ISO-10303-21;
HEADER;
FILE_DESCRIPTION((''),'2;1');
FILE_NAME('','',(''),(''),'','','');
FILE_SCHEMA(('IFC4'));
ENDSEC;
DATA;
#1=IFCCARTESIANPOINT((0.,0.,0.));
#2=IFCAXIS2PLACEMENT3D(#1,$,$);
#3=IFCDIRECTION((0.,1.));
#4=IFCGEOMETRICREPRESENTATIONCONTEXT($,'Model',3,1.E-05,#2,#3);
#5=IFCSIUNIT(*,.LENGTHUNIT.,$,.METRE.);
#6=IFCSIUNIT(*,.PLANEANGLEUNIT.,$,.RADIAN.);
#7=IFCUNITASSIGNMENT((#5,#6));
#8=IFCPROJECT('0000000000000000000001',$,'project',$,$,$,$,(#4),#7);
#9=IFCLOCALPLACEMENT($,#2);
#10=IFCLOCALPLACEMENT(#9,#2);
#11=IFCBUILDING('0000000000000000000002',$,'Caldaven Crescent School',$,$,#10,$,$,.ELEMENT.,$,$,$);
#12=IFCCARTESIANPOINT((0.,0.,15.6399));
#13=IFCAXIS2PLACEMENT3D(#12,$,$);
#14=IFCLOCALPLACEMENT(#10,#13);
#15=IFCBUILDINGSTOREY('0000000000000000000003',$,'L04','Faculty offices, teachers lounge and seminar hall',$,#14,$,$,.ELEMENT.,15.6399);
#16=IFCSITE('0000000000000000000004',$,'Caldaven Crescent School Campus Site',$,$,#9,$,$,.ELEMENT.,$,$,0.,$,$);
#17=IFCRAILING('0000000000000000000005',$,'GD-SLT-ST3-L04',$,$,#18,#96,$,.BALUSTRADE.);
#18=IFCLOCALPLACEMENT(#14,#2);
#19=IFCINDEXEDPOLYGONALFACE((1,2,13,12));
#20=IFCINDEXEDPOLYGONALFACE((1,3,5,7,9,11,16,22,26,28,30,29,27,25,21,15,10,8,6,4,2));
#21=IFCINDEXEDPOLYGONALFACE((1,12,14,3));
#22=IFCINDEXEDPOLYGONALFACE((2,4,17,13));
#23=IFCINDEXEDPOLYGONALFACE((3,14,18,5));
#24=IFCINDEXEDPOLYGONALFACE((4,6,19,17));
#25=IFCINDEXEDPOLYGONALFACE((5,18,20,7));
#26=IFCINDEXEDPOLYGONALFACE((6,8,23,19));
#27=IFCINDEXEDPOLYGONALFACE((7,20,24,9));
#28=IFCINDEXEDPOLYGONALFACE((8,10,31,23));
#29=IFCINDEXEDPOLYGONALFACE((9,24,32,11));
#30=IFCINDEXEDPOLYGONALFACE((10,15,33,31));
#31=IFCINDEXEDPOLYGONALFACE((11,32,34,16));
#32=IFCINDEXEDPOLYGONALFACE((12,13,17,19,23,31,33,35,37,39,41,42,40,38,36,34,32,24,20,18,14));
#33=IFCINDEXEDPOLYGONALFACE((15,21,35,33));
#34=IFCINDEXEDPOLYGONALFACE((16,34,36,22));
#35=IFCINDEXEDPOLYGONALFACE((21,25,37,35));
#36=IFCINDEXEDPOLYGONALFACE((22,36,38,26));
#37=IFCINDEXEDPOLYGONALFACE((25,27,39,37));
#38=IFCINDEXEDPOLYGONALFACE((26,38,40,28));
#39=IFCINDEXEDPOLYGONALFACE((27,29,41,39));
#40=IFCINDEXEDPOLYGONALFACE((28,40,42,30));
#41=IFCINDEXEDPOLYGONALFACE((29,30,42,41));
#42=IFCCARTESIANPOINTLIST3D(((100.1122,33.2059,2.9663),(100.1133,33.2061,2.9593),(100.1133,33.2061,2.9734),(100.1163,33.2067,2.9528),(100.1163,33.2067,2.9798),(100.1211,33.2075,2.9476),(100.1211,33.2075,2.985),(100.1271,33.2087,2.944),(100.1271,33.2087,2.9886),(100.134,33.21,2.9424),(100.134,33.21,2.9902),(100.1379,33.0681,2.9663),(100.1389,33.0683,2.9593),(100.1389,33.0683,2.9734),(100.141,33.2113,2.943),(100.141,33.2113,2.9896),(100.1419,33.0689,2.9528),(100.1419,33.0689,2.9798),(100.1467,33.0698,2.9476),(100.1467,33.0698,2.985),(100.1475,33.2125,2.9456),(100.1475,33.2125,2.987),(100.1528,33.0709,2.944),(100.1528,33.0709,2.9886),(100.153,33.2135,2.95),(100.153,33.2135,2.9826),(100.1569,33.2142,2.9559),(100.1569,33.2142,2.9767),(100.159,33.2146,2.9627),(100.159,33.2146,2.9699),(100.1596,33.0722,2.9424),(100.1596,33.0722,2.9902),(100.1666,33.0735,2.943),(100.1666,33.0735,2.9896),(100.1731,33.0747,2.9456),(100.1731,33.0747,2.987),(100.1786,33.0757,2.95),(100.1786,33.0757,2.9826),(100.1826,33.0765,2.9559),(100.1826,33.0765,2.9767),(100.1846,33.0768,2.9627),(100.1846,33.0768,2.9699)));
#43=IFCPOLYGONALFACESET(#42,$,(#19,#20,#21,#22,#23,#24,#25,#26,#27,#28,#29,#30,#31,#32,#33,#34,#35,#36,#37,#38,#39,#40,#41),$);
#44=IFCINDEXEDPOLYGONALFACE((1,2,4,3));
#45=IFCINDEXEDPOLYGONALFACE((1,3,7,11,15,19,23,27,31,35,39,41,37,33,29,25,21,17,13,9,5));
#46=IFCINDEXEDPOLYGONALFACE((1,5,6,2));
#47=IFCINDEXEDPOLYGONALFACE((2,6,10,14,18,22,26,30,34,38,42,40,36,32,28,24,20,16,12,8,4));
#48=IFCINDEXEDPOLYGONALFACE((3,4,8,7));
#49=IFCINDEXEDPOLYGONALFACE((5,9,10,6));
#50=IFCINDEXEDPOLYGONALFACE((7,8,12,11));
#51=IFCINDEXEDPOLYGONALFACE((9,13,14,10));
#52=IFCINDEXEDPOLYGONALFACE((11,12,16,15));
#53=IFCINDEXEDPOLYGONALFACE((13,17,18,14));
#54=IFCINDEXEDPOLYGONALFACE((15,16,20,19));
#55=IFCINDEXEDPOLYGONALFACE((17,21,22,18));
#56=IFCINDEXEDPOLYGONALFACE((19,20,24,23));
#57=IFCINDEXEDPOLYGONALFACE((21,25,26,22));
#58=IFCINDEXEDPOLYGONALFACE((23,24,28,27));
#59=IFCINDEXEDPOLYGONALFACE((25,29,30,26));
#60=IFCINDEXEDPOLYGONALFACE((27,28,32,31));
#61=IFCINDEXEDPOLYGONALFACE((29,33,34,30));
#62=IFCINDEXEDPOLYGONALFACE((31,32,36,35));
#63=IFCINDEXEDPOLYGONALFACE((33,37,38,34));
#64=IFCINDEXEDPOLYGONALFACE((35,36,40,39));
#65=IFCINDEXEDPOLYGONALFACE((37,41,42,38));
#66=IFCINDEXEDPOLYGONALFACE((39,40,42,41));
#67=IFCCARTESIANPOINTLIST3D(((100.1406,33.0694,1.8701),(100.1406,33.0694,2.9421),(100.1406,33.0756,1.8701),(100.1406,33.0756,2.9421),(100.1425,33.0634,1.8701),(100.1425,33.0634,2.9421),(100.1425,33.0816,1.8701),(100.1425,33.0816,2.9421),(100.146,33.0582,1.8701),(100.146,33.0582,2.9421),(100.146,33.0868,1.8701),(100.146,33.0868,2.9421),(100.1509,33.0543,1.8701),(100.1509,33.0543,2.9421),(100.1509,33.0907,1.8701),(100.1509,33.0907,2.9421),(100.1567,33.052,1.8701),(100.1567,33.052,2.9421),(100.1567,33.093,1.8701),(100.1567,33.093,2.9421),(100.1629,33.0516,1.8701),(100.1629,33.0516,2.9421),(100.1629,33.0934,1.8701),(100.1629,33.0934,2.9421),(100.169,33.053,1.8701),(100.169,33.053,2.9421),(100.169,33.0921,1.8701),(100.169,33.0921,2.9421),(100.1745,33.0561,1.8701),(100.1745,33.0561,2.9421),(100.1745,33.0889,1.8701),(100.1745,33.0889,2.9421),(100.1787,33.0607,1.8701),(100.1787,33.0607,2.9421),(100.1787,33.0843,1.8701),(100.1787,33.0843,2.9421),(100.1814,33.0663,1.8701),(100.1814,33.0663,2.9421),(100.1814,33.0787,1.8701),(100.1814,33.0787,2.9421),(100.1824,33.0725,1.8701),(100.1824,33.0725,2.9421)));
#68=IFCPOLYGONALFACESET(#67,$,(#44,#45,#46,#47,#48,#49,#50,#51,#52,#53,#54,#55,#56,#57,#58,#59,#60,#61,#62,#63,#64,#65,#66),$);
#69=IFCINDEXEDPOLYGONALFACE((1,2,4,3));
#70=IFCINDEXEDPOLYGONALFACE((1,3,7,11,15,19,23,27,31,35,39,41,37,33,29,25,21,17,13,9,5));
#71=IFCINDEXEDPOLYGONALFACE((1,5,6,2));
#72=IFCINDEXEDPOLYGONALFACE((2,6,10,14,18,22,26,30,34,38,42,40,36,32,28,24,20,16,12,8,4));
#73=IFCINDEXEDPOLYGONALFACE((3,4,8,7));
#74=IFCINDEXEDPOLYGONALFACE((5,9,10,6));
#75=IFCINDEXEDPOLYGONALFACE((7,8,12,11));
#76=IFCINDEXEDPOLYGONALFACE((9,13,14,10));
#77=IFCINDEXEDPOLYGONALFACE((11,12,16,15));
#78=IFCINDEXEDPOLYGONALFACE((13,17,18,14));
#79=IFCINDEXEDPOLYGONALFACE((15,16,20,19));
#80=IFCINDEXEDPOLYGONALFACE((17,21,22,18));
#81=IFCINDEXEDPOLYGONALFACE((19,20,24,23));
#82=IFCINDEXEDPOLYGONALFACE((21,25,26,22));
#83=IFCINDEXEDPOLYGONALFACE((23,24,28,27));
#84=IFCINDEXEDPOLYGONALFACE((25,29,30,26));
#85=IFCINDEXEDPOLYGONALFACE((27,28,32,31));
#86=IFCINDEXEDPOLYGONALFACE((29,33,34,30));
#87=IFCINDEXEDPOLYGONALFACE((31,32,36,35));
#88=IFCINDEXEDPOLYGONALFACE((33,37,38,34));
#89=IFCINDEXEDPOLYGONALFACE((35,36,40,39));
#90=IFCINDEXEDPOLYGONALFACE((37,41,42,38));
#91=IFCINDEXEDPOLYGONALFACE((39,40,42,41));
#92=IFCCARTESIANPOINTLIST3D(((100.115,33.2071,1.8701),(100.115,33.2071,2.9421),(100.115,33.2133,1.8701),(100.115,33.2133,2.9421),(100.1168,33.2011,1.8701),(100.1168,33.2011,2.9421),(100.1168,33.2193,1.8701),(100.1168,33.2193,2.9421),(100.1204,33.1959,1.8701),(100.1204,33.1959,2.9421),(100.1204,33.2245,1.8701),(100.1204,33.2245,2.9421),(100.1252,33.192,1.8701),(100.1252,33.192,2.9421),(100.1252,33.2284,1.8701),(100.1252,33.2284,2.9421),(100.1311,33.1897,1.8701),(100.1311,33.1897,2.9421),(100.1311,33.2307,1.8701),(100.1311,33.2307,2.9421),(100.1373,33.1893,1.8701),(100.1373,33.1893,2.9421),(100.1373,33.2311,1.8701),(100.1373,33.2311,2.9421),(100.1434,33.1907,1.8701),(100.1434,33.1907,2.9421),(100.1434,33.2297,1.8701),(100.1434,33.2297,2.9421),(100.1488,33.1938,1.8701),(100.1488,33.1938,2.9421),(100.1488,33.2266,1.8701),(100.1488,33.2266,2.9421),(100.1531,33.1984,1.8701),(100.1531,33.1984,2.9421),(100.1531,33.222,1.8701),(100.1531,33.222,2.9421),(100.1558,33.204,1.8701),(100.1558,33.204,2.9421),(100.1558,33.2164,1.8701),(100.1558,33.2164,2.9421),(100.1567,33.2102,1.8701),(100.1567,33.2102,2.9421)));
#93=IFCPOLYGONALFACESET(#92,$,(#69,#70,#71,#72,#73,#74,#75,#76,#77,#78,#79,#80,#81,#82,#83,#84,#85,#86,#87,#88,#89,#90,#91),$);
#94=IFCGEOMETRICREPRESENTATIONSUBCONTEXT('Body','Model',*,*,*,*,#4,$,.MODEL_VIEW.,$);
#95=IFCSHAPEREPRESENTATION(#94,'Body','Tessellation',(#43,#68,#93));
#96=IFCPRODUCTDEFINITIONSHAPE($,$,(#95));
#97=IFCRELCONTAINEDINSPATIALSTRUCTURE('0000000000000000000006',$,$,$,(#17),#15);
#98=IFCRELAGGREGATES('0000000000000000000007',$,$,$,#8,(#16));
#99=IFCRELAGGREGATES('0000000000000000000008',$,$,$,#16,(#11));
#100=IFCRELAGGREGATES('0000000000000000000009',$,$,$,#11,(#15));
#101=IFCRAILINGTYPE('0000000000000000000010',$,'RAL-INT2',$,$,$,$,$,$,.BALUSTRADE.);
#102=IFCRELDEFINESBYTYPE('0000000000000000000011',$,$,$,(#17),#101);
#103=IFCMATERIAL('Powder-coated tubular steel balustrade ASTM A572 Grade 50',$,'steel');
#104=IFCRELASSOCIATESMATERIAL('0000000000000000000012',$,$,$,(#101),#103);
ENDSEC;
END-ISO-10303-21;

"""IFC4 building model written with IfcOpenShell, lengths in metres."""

from ifc_helpers import new_model, si_unit, direction, frame, origin, origin_2d, place, context, subcontext, project, spatial, circle, extrude, material, type_object, element, save


model = new_model("IFC4")

# Units and contexts
model_context = context("Model", 3, precision=1e-05, world=origin(), true_north=direction((0.0, 1.0)))
body_context = subcontext(model_context, "Body", "Model", "MODEL_VIEW")
ifc_project = project(units=[si_unit("LENGTHUNIT", "METRE"), si_unit("PLANEANGLEUNIT", "RADIAN")], contexts=[model_context])

# Site, building, storey
site_placement = place(None, origin())
site = spatial("IfcSite", under=ifc_project, at=site_placement, Name="Caldaven Crescent School Campus Site", CompositionType="ELEMENT", RefElevation=0.0)
building_placement = place(site_placement, origin())
building = spatial("IfcBuilding", under=site, at=building_placement, Name="Caldaven Crescent School", CompositionType="ELEMENT")
storey_placement = place(building_placement, frame((0.0, 0.0, 15.6399)))
storey = spatial("IfcBuildingStorey", under=building, at=storey_placement, Name="L04", Description="Faculty offices, teachers lounge and seminar hall", CompositionType="ELEMENT", Elevation=15.6399)

# Railing
ifc_material_1 = material(Name="Powder-coated tubular steel balustrade ASTM A572 Grade 50", Category="steel")
railing_type_1 = type_object("IfcRailingType", Name="RAL-INT2", PredefinedType="BALUSTRADE", material=ifc_material_1)
railing_1_placement = place(storey_placement, frame((100.1614, 33.0725, 1.8701)))
element("IfcRailing", 1, at=railing_1_placement, inside=storey, type_object=railing_type_1, Name="GD-SLT-ST3-L04", PredefinedType="BALUSTRADE", context=body_context, shape_type="SweptSolid", body=[
    extrude(circle(Radius=0.0239, at=origin_2d()), frame((0.0, 0.0, 1.0962), z_axis=(-0.183025, 0.983108, 0.0), x_axis=(-0.983108, -0.183025, 0.0)), (0.0, 0.0, 1.0), 0.1401),
    extrude(circle(Radius=0.021, at=origin_2d()), origin(), (0.0, 0.0, 1.0), 1.072),
    extrude(circle(Radius=0.021, at=origin_2d()), frame((-0.0256, 0.1377, 0.0)), (0.0, 0.0, 1.0), 1.072),
])

save(model, "model.ifc")
